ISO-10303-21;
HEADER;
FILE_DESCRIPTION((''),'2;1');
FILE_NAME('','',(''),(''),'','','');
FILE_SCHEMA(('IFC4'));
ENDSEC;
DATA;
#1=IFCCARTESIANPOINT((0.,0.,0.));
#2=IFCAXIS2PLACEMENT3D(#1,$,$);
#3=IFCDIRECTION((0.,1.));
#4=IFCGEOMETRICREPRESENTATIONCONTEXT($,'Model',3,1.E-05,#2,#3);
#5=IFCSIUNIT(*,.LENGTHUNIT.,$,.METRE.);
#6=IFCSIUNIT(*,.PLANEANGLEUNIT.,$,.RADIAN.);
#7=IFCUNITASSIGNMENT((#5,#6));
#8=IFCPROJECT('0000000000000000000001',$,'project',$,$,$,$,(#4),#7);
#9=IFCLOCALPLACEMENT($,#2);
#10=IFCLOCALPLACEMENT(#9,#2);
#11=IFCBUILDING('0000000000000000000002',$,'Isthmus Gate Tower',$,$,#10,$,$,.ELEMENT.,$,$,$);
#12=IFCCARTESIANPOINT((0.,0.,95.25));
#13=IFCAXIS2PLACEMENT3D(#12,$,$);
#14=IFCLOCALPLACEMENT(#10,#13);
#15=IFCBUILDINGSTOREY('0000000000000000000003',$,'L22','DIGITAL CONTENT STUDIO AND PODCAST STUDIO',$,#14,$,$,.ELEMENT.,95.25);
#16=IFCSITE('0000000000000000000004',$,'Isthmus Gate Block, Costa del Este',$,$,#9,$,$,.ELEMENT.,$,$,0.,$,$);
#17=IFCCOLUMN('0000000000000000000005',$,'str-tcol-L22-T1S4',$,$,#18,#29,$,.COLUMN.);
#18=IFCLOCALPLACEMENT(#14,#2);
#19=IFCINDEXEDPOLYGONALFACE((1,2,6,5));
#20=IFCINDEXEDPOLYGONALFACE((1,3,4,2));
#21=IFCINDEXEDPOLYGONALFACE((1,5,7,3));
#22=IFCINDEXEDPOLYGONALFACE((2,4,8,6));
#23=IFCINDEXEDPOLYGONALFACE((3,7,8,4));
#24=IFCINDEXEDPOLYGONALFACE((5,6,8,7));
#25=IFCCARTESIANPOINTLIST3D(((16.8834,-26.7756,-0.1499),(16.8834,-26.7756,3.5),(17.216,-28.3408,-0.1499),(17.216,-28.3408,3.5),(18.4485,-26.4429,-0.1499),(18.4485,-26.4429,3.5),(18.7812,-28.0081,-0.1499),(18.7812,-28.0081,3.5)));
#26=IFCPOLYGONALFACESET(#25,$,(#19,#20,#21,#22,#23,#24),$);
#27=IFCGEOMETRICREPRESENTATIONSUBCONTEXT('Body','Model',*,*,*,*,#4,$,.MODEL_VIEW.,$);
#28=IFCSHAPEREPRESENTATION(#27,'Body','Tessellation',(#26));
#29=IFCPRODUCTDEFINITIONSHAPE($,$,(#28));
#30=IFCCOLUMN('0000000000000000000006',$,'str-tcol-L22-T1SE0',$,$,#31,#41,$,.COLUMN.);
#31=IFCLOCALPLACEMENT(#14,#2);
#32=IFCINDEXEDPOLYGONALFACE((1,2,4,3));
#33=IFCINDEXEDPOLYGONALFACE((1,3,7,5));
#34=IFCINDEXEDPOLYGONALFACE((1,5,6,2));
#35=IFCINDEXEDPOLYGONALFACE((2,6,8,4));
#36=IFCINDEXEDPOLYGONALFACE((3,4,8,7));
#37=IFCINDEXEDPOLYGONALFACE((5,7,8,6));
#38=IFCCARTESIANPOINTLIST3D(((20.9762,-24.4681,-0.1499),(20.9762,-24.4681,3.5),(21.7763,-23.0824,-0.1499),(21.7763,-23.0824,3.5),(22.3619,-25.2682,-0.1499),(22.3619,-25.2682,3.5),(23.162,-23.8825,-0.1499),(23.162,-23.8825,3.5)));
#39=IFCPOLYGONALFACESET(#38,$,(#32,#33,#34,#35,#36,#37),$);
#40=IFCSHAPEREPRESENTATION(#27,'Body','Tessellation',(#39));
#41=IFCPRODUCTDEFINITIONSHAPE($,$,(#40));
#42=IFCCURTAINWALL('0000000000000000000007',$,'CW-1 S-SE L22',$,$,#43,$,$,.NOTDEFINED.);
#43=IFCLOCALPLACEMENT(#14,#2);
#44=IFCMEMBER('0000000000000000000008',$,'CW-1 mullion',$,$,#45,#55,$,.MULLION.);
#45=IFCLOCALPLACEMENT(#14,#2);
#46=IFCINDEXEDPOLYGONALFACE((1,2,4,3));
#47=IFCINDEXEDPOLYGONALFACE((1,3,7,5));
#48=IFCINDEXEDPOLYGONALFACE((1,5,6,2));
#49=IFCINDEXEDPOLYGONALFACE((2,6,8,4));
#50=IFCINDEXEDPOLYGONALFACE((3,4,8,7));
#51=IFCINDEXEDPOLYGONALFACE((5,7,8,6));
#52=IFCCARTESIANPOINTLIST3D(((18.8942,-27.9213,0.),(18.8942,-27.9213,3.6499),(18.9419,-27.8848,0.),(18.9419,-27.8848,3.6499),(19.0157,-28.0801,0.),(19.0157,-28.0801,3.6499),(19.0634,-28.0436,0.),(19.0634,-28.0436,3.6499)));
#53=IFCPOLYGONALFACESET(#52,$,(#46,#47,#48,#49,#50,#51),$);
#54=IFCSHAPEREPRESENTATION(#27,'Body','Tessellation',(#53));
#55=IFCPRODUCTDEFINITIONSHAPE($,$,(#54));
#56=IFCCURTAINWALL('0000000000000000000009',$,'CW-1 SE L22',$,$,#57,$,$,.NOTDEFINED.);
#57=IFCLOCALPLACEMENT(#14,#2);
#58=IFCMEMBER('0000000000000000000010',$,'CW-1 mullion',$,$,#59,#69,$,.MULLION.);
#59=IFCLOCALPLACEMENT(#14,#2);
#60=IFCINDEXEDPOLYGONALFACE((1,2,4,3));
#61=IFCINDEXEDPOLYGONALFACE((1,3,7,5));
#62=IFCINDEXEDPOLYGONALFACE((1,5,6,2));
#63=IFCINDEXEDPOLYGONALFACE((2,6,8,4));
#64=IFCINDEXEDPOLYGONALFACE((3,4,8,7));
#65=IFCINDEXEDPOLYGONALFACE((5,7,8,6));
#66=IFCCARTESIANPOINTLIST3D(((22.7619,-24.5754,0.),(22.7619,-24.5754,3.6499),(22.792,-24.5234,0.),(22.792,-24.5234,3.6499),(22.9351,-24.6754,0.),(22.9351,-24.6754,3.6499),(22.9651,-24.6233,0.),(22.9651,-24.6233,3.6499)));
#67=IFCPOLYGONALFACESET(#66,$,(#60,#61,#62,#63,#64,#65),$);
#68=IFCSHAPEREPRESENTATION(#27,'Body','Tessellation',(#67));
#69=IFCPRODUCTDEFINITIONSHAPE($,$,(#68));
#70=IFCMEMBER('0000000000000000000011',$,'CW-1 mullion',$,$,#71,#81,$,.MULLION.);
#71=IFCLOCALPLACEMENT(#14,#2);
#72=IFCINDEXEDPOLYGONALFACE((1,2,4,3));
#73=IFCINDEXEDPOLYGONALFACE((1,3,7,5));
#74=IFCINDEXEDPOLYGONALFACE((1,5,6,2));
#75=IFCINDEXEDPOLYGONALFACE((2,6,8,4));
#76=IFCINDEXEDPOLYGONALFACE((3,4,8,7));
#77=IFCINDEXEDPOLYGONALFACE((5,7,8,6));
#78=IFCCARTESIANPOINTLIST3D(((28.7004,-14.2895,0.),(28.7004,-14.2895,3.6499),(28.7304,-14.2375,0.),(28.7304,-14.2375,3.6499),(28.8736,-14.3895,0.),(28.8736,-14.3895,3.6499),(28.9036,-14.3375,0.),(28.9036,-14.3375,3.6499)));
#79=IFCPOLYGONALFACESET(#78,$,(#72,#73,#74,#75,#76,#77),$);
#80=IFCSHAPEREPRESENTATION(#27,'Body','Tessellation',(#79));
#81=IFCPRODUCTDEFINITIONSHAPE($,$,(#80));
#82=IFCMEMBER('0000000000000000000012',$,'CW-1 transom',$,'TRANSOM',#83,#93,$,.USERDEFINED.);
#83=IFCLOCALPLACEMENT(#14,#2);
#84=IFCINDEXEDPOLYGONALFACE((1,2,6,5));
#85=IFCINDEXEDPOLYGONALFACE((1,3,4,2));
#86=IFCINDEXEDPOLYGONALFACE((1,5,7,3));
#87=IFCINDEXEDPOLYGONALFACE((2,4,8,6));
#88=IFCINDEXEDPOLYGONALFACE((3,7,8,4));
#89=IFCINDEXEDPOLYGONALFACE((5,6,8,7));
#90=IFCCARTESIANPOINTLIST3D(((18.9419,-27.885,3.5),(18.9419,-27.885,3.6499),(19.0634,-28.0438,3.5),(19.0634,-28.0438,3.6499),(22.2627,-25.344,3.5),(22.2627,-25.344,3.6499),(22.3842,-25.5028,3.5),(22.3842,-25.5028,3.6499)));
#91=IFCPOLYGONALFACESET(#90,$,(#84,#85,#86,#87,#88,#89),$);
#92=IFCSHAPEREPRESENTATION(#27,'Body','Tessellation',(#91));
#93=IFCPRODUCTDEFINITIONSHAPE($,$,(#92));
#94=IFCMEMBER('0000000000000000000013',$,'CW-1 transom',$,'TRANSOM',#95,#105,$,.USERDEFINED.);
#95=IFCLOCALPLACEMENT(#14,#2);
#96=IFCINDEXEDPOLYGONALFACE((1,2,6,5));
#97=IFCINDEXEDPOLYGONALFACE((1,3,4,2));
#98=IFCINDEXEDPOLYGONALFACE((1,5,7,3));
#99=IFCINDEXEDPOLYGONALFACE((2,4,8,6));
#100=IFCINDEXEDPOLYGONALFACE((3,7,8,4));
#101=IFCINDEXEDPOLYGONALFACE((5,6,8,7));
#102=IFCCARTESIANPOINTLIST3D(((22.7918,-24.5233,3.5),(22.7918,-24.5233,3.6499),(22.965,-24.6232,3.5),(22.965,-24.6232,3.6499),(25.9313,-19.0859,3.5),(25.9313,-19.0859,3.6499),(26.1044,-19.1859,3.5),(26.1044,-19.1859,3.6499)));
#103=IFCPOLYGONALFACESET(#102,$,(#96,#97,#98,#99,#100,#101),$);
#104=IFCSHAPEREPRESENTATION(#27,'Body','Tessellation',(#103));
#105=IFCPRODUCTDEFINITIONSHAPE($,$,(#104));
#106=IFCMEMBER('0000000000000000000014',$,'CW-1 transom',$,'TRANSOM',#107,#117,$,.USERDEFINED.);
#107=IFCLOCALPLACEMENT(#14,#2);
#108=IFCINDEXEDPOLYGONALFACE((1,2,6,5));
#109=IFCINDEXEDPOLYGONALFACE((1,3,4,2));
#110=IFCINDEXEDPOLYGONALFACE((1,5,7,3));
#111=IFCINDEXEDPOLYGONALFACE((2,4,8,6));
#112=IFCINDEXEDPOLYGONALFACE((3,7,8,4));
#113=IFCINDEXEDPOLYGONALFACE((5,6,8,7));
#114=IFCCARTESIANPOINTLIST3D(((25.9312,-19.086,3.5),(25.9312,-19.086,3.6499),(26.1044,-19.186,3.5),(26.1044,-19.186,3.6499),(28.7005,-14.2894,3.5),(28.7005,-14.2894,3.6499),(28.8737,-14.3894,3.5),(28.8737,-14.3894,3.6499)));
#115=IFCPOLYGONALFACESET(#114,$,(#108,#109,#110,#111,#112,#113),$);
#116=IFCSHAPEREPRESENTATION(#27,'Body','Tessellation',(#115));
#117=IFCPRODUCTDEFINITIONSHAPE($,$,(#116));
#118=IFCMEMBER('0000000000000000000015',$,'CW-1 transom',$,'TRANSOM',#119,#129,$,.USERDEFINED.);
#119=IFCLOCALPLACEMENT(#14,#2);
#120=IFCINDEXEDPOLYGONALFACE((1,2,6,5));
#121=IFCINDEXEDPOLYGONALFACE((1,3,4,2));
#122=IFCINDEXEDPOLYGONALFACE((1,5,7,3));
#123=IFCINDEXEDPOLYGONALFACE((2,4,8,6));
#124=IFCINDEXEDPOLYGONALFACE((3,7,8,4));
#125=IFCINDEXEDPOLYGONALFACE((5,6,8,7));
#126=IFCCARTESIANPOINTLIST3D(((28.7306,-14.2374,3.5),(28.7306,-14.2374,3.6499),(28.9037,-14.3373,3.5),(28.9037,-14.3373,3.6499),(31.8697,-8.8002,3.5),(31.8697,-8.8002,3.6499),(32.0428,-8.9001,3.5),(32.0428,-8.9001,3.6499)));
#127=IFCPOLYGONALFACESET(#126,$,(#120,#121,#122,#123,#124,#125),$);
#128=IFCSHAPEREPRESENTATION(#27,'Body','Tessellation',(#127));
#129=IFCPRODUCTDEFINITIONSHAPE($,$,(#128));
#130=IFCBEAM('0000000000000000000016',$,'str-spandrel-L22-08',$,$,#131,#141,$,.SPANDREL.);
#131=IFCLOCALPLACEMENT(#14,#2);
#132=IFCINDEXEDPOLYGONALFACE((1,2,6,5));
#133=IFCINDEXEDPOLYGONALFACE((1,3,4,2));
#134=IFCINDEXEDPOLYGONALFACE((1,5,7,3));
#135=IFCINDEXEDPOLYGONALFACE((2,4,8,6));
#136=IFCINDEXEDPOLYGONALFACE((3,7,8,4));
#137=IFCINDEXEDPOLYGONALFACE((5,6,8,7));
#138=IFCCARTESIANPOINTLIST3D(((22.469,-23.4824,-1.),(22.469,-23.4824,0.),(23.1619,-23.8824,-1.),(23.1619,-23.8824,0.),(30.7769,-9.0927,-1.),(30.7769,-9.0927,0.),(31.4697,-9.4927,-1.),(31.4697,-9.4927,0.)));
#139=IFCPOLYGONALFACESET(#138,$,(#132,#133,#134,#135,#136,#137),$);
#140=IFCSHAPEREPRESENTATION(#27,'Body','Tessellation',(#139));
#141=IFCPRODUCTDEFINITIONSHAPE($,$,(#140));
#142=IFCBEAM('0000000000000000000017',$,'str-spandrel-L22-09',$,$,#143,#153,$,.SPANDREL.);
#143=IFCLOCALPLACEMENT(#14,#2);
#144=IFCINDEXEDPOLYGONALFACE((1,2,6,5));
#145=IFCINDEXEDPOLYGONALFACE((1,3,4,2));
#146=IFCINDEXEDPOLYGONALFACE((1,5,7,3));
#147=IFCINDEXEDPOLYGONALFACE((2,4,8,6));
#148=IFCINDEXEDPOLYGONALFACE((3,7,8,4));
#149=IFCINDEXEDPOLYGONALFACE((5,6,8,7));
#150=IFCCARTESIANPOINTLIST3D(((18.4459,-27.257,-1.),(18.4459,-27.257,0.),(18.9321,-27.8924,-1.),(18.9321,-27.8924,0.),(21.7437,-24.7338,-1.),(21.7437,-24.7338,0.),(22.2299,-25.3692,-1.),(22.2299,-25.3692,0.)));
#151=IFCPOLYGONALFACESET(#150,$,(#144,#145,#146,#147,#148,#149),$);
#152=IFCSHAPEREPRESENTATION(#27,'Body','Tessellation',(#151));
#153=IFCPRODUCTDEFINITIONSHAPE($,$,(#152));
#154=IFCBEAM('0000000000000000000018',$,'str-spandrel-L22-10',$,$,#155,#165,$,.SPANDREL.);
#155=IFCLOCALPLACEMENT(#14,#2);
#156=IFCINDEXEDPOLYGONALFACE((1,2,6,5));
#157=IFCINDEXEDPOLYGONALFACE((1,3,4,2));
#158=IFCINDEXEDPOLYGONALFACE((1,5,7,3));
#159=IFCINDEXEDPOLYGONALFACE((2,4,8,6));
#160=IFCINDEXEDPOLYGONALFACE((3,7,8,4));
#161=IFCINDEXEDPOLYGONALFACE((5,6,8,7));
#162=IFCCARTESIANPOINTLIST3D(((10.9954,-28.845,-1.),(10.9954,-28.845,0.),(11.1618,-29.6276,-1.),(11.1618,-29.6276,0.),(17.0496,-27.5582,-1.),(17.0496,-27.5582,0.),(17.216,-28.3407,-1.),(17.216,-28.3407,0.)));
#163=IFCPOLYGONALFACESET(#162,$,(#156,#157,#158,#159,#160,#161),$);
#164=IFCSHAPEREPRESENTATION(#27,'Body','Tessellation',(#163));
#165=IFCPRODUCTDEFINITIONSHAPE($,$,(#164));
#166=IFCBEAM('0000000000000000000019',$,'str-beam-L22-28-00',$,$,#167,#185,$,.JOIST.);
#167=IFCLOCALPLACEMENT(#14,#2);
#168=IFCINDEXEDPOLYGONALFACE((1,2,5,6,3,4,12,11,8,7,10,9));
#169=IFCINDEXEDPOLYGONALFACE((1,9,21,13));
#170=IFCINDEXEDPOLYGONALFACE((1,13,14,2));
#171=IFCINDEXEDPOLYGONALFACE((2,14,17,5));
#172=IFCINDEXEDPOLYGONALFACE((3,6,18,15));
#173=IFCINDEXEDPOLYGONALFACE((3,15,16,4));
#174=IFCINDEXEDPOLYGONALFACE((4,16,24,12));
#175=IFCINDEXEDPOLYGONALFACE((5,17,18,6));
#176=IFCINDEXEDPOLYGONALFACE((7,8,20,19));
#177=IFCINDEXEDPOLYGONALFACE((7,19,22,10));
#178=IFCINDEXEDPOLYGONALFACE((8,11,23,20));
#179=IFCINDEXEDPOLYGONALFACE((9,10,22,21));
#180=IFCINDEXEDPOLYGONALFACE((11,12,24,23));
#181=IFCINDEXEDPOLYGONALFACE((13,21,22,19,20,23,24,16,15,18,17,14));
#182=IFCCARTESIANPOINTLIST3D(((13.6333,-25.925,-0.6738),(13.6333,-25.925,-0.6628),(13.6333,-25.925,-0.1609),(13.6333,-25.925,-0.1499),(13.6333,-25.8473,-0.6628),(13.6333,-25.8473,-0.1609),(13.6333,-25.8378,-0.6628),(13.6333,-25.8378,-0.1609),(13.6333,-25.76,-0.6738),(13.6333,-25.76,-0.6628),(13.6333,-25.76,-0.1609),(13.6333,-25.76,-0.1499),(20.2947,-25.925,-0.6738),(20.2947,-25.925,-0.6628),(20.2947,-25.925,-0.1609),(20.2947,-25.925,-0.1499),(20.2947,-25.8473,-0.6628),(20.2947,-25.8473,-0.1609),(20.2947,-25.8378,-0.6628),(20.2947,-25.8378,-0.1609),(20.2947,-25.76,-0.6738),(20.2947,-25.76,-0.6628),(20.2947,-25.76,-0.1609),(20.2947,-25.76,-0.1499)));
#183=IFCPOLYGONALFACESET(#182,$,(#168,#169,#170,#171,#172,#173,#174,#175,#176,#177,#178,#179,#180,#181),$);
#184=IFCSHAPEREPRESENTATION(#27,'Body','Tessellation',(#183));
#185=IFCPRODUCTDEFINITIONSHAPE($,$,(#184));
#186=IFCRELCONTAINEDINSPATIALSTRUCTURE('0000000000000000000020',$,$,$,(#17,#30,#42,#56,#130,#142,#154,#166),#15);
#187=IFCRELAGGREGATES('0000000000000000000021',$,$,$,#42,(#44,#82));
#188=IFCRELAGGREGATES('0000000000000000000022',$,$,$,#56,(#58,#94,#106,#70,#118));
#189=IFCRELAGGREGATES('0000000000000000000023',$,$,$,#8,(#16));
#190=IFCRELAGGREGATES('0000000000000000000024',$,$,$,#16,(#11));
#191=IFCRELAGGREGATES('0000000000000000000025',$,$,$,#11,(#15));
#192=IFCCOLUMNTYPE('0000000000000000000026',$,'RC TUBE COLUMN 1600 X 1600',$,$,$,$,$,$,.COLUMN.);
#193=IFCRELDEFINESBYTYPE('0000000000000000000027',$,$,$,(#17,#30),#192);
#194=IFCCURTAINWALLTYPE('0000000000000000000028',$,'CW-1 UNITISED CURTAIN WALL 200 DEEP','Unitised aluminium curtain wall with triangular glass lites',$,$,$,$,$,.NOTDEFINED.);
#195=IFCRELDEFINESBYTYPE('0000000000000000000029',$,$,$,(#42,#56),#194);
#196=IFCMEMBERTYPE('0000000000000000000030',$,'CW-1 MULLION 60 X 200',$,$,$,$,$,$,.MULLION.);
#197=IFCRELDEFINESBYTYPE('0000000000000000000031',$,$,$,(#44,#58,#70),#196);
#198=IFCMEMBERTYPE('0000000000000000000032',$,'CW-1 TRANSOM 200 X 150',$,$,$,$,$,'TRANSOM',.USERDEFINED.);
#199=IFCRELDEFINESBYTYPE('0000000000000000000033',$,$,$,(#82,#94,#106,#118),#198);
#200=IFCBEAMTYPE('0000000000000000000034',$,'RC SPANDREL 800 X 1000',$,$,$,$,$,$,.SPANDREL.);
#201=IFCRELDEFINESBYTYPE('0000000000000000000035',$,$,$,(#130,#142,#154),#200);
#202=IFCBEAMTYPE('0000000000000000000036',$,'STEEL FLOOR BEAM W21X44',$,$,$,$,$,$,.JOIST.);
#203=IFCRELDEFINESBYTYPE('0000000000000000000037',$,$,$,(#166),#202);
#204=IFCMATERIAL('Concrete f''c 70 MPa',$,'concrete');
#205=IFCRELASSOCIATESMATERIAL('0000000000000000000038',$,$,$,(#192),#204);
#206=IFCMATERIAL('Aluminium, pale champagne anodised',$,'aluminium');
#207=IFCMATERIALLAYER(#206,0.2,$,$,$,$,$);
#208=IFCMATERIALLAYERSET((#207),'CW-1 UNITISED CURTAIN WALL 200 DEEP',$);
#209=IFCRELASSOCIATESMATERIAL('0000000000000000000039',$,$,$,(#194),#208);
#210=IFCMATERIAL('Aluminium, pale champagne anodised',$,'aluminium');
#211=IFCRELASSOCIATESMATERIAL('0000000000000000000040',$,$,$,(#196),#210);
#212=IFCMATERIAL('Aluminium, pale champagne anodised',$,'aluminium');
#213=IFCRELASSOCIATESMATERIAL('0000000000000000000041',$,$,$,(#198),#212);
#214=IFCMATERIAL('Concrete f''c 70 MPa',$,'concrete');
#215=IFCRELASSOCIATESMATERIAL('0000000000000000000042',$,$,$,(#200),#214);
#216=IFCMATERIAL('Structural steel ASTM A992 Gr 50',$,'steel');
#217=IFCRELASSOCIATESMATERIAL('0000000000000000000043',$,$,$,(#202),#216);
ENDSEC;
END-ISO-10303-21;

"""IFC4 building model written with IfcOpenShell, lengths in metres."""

from ifc_helpers import new_model, si_unit, direction, frame, origin, origin_2d, place, context, subcontext, project, spatial, rectangle, i_section, extrude, material, layer, layer_set, material_profile, profile_set, type_object, element, aggregate, save


model = new_model("IFC4")

# Units and contexts
model_context = context("Model", 3, precision=1e-05, world=origin(), true_north=direction((0.0, 1.0)))
body_context = subcontext(model_context, "Body", "Model", "MODEL_VIEW")
ifc_project = project(units=[si_unit("LENGTHUNIT", "METRE"), si_unit("PLANEANGLEUNIT", "RADIAN")], contexts=[model_context])

# Site, building, storey
site_placement = place(None, origin())
site = spatial("IfcSite", under=ifc_project, at=site_placement, Name="Isthmus Gate Block, Costa del Este", CompositionType="ELEMENT", RefElevation=0.0)
building_placement = place(site_placement, origin())
building = spatial("IfcBuilding", under=site, at=building_placement, Name="Isthmus Gate Tower", CompositionType="ELEMENT")
storey_placement = place(building_placement, frame((0.0, 0.0, 95.25)))
storey = spatial("IfcBuildingStorey", under=building, at=storey_placement, Name="L22", Description="DIGITAL CONTENT STUDIO AND PODCAST STUDIO", CompositionType="ELEMENT", Elevation=95.25)

# Columns
ifc_material_1 = material(Name="Concrete f'c 70 MPa", Category="concrete")
ifc_material_profile_1 = material_profile(ifc_material_1, rectangle(XDim=1.6001, YDim=1.6001, at=origin_2d()), Name="RC 1600X1600")
ifc_profile_set_1 = profile_set([ifc_material_profile_1], Name="Concrete f'c 70 MPa")
column_type = type_object("IfcColumnType", Name="RC TUBE COLUMN 1600 X 1600", PredefinedType="COLUMN", material=ifc_profile_set_1)
for number, where, z_axis, x_axis, name in (
    (1, (17.8323, -27.3918, -0.1499), (0.0, 0.0, 1.0), (0.978148, 0.207912, 0.0), "str-tcol-L22-T1S4"),
    (2, (22.0691, -24.1753, -0.1499), (0.0, 0.0, 1.0), (0.5, 0.866025, 0.0), "str-tcol-L22-T1SE0"),
):
    element("IfcColumn", number, at=place(storey_placement, frame(where, z_axis=z_axis, x_axis=x_axis)), inside=storey, type_object=column_type, Name=name, PredefinedType="COLUMN", context=body_context, shape_type="SweptSolid", body=[
        extrude(rectangle(XDim=1.6001, YDim=1.6001, at=origin_2d()), origin(), (0.0, 0.0, 1.0), 3.6499),
    ])

# Curtain wall, member
ifc_material_2 = material(Name="Aluminium, pale champagne anodised", Category="aluminium")
ifc_layer_1 = layer(ifc_material_2, 0.2)
ifc_layer_set_1 = layer_set([ifc_layer_1], Name="CW-1 UNITISED CURTAIN WALL 200 DEEP")
curtain_wall_type = type_object("IfcCurtainWallType", Name="CW-1 UNITISED CURTAIN WALL 200 DEEP", Description="Unitised aluminium curtain wall with triangular glass lites", PredefinedType="NOTDEFINED", material=ifc_layer_set_1)
curtain_wall_1_placement = place(storey_placement, origin())
curtain_wall_1 = element("IfcCurtainWall", 3, at=curtain_wall_1_placement, inside=storey, type_object=curtain_wall_type, Name="CW-1 S-SE L22", PredefinedType="NOTDEFINED")
ifc_material_3 = material(Name="Aluminium, pale champagne anodised", Category="aluminium")
ifc_material_profile_2 = material_profile(ifc_material_3, rectangle(XDim=0.0601, YDim=0.2, at=origin_2d()), Name="60x200")
ifc_profile_set_2 = profile_set([ifc_material_profile_2], Name="Aluminium, pale champagne anodised")
member_type_1 = type_object("IfcMemberType", Name="CW-1 MULLION 60 X 200", PredefinedType="MULLION", material=ifc_profile_set_2)
member_1_placement = place(storey_placement, frame((18.9788, -27.9824, 0.0), z_axis=(0.0, 0.0, 1.0), x_axis=(0.794189, 0.607671, 0.0)))
member_1 = element("IfcMember", 4, at=member_1_placement, type_object=member_type_1, Name="CW-1 mullion", PredefinedType="MULLION", context=body_context, shape_type="SweptSolid", body=[
    extrude(rectangle(XDim=0.0601, YDim=0.2, at=origin_2d()), origin(), (0.0, 0.0, 1.0), 3.6499),
])

# Curtain wall, members
curtain_wall_2_placement = place(storey_placement, origin())
curtain_wall_2 = element("IfcCurtainWall", 5, at=curtain_wall_2_placement, inside=storey, type_object=curtain_wall_type, Name="CW-1 SE L22", PredefinedType="NOTDEFINED")
member_2_placement = place(storey_placement, frame((22.8635, -24.5994, 0.0), z_axis=(0.0, 0.0, 1.0), x_axis=(0.5, 0.866025, 0.0)))
member_2 = element("IfcMember", 6, at=member_2_placement, type_object=member_type_1, Name="CW-1 mullion", PredefinedType="MULLION", context=body_context, shape_type="SweptSolid", body=[
    extrude(rectangle(XDim=0.0601, YDim=0.2, at=origin_2d()), origin(), (0.0, 0.0, 1.0), 3.6499),
])
member_3_placement = place(storey_placement, frame((28.802, -14.3135, 0.0), z_axis=(0.0, 0.0, 1.0), x_axis=(0.5, 0.866025, 0.0)))
member_3 = element("IfcMember", 7, at=member_3_placement, type_object=member_type_1, Name="CW-1 mullion", PredefinedType="MULLION", context=body_context, shape_type="SweptSolid", body=[
    extrude(rectangle(XDim=0.0601, YDim=0.2, at=origin_2d()), origin(), (0.0, 0.0, 1.0), 3.6499),
])

# Members
ifc_material_4 = material(Name="Aluminium, pale champagne anodised", Category="aluminium")
ifc_material_profile_3 = material_profile(ifc_material_4, rectangle(XDim=0.2, YDim=0.1499, at=origin_2d()), Name="200x150")
ifc_profile_set_3 = profile_set([ifc_material_profile_3], Name="Aluminium, pale champagne anodised")
member_type_2 = type_object("IfcMemberType", Name="CW-1 TRANSOM 200 X 150", ElementType="TRANSOM", PredefinedType="USERDEFINED", material=ifc_profile_set_3)
member_4_placement = place(storey_placement, frame((19.0027, -27.9644, 3.575), z_axis=(0.794175, 0.607688, 0.0), x_axis=(-0.607688, 0.794175, 0.0)))
member_4 = element("IfcMember", 8, at=member_4_placement, type_object=member_type_2, Name="CW-1 transom", ObjectType="TRANSOM", PredefinedType="USERDEFINED", context=body_context, shape_type="SweptSolid", body=[
    extrude(rectangle(XDim=0.2, YDim=0.1499, at=origin_2d()), origin(), (0.0, 0.0, 1.0), 4.1814),
])
member_5_placement = place(storey_placement, frame((22.8784, -24.5732, 3.575), z_axis=(0.500024, 0.866011, 0.0), x_axis=(-0.866011, 0.500024, 0.0)))
member_5 = element("IfcMember", 9, at=member_5_placement, type_object=member_type_2, Name="CW-1 transom", ObjectType="TRANSOM", PredefinedType="USERDEFINED", context=body_context, shape_type="SweptSolid", body=[
    extrude(rectangle(XDim=0.2, YDim=0.1499, at=origin_2d()), origin(), (0.0, 0.0, 1.0), 6.2786),
])
member_6_placement = place(storey_placement, frame((26.0178, -19.136, 3.575), z_axis=(0.499993, 0.866029, 0.0), x_axis=(-0.866029, 0.499993, 0.0)))
member_6 = element("IfcMember", 10, at=member_6_placement, type_object=member_type_2, Name="CW-1 transom", ObjectType="TRANSOM", PredefinedType="USERDEFINED", context=body_context, shape_type="SweptSolid", body=[
    extrude(rectangle(XDim=0.2, YDim=0.1499, at=origin_2d()), origin(), (0.0, 0.0, 1.0), 5.5386),
])
member_7_placement = place(storey_placement, frame((28.8171, -14.2874, 3.575), z_axis=(0.499995, 0.866028, 0.0), x_axis=(-0.866028, 0.499995, 0.0)))
member_7 = element("IfcMember", 11, at=member_7_placement, type_object=member_type_2, Name="CW-1 transom", ObjectType="TRANSOM", PredefinedType="USERDEFINED", context=body_context, shape_type="SweptSolid", body=[
    extrude(rectangle(XDim=0.2, YDim=0.1499, at=origin_2d()), origin(), (0.0, 0.0, 1.0), 6.2783),
])

# Beams
ifc_material_5 = material(Name="Concrete f'c 70 MPa", Category="concrete")
ifc_material_profile_4 = material_profile(ifc_material_5, rectangle(XDim=0.8, YDim=1.0, at=origin_2d()), Name="RC 800X1000")
ifc_profile_set_4 = profile_set([ifc_material_profile_4], Name="Concrete f'c 70 MPa")
beam_type_1 = type_object("IfcBeamType", Name="RC SPANDREL 800 X 1000", PredefinedType="SPANDREL", material=ifc_profile_set_4)
beam_1_placement = place(storey_placement, frame((31.1233, -9.2927, -0.5), z_axis=(-0.5, -0.866026, 0.0), x_axis=(0.866026, -0.5, 0.0)))
element("IfcBeam", 12, at=beam_1_placement, inside=storey, type_object=beam_type_1, Name="str-spandrel-L22-08", PredefinedType="SPANDREL", context=body_context, shape_type="SweptSolid", body=[
    extrude(rectangle(XDim=0.8, YDim=1.0, at=origin_2d()), origin(), (0.0, 0.0, 1.0), 16.6157),
])
beam_2_placement = place(storey_placement, frame((21.9868, -25.0515, -0.5), z_axis=(-0.794206, -0.607649, 0.0), x_axis=(0.607649, -0.794206, 0.0)))
element("IfcBeam", 13, at=beam_2_placement, inside=storey, type_object=beam_type_1, Name="str-spandrel-L22-09", PredefinedType="SPANDREL", context=body_context, shape_type="SweptSolid", body=[
    extrude(rectangle(XDim=0.8, YDim=1.0, at=origin_2d()), origin(), (0.0, 0.0, 1.0), 4.1523),
])
beam_3_placement = place(storey_placement, frame((17.1328, -27.9495, -0.5), z_axis=(-0.978147, -0.207913, 0.0), x_axis=(0.207913, -0.978147, 0.0)))
element("IfcBeam", 14, at=beam_3_placement, inside=storey, type_object=beam_type_1, Name="str-spandrel-L22-10", PredefinedType="SPANDREL", context=body_context, shape_type="SweptSolid", body=[
    extrude(rectangle(XDim=0.8, YDim=1.0, at=origin_2d()), origin(), (0.0, 0.0, 1.0), 6.1895),
])
ifc_material_6 = material(Name="Structural steel ASTM A992 Gr 50", Category="steel")
ifc_material_profile_5 = material_profile(ifc_material_6, i_section(OverallWidth=0.165, OverallDepth=0.5239, WebThickness=0.0095, FlangeThickness=0.011, at=origin_2d()), Name="W21X44")
ifc_profile_set_5 = profile_set([ifc_material_profile_5], Name="Structural steel ASTM A992 Gr 50")
beam_type_2 = type_object("IfcBeamType", Name="STEEL FLOOR BEAM W21X44", PredefinedType="JOIST", material=ifc_profile_set_5)
beam_4_placement = place(storey_placement, frame((13.6333, -25.8425, -0.4119), z_axis=(1.0, 0.0, 0.0), x_axis=(0.0, 1.0, 0.0)))
element("IfcBeam", 15, at=beam_4_placement, inside=storey, type_object=beam_type_2, Name="str-beam-L22-28-00", PredefinedType="JOIST", context=body_context, shape_type="SweptSolid", body=[
    extrude(i_section(OverallWidth=0.165, OverallDepth=0.5239, WebThickness=0.0095, FlangeThickness=0.011, at=origin_2d()), origin(), (0.0, 0.0, 1.0), 6.6614),
])

aggregate(curtain_wall_1, [member_1, member_4])
aggregate(curtain_wall_2, [member_2, member_5, member_6, member_3, member_7])

save(model, "model.ifc")
